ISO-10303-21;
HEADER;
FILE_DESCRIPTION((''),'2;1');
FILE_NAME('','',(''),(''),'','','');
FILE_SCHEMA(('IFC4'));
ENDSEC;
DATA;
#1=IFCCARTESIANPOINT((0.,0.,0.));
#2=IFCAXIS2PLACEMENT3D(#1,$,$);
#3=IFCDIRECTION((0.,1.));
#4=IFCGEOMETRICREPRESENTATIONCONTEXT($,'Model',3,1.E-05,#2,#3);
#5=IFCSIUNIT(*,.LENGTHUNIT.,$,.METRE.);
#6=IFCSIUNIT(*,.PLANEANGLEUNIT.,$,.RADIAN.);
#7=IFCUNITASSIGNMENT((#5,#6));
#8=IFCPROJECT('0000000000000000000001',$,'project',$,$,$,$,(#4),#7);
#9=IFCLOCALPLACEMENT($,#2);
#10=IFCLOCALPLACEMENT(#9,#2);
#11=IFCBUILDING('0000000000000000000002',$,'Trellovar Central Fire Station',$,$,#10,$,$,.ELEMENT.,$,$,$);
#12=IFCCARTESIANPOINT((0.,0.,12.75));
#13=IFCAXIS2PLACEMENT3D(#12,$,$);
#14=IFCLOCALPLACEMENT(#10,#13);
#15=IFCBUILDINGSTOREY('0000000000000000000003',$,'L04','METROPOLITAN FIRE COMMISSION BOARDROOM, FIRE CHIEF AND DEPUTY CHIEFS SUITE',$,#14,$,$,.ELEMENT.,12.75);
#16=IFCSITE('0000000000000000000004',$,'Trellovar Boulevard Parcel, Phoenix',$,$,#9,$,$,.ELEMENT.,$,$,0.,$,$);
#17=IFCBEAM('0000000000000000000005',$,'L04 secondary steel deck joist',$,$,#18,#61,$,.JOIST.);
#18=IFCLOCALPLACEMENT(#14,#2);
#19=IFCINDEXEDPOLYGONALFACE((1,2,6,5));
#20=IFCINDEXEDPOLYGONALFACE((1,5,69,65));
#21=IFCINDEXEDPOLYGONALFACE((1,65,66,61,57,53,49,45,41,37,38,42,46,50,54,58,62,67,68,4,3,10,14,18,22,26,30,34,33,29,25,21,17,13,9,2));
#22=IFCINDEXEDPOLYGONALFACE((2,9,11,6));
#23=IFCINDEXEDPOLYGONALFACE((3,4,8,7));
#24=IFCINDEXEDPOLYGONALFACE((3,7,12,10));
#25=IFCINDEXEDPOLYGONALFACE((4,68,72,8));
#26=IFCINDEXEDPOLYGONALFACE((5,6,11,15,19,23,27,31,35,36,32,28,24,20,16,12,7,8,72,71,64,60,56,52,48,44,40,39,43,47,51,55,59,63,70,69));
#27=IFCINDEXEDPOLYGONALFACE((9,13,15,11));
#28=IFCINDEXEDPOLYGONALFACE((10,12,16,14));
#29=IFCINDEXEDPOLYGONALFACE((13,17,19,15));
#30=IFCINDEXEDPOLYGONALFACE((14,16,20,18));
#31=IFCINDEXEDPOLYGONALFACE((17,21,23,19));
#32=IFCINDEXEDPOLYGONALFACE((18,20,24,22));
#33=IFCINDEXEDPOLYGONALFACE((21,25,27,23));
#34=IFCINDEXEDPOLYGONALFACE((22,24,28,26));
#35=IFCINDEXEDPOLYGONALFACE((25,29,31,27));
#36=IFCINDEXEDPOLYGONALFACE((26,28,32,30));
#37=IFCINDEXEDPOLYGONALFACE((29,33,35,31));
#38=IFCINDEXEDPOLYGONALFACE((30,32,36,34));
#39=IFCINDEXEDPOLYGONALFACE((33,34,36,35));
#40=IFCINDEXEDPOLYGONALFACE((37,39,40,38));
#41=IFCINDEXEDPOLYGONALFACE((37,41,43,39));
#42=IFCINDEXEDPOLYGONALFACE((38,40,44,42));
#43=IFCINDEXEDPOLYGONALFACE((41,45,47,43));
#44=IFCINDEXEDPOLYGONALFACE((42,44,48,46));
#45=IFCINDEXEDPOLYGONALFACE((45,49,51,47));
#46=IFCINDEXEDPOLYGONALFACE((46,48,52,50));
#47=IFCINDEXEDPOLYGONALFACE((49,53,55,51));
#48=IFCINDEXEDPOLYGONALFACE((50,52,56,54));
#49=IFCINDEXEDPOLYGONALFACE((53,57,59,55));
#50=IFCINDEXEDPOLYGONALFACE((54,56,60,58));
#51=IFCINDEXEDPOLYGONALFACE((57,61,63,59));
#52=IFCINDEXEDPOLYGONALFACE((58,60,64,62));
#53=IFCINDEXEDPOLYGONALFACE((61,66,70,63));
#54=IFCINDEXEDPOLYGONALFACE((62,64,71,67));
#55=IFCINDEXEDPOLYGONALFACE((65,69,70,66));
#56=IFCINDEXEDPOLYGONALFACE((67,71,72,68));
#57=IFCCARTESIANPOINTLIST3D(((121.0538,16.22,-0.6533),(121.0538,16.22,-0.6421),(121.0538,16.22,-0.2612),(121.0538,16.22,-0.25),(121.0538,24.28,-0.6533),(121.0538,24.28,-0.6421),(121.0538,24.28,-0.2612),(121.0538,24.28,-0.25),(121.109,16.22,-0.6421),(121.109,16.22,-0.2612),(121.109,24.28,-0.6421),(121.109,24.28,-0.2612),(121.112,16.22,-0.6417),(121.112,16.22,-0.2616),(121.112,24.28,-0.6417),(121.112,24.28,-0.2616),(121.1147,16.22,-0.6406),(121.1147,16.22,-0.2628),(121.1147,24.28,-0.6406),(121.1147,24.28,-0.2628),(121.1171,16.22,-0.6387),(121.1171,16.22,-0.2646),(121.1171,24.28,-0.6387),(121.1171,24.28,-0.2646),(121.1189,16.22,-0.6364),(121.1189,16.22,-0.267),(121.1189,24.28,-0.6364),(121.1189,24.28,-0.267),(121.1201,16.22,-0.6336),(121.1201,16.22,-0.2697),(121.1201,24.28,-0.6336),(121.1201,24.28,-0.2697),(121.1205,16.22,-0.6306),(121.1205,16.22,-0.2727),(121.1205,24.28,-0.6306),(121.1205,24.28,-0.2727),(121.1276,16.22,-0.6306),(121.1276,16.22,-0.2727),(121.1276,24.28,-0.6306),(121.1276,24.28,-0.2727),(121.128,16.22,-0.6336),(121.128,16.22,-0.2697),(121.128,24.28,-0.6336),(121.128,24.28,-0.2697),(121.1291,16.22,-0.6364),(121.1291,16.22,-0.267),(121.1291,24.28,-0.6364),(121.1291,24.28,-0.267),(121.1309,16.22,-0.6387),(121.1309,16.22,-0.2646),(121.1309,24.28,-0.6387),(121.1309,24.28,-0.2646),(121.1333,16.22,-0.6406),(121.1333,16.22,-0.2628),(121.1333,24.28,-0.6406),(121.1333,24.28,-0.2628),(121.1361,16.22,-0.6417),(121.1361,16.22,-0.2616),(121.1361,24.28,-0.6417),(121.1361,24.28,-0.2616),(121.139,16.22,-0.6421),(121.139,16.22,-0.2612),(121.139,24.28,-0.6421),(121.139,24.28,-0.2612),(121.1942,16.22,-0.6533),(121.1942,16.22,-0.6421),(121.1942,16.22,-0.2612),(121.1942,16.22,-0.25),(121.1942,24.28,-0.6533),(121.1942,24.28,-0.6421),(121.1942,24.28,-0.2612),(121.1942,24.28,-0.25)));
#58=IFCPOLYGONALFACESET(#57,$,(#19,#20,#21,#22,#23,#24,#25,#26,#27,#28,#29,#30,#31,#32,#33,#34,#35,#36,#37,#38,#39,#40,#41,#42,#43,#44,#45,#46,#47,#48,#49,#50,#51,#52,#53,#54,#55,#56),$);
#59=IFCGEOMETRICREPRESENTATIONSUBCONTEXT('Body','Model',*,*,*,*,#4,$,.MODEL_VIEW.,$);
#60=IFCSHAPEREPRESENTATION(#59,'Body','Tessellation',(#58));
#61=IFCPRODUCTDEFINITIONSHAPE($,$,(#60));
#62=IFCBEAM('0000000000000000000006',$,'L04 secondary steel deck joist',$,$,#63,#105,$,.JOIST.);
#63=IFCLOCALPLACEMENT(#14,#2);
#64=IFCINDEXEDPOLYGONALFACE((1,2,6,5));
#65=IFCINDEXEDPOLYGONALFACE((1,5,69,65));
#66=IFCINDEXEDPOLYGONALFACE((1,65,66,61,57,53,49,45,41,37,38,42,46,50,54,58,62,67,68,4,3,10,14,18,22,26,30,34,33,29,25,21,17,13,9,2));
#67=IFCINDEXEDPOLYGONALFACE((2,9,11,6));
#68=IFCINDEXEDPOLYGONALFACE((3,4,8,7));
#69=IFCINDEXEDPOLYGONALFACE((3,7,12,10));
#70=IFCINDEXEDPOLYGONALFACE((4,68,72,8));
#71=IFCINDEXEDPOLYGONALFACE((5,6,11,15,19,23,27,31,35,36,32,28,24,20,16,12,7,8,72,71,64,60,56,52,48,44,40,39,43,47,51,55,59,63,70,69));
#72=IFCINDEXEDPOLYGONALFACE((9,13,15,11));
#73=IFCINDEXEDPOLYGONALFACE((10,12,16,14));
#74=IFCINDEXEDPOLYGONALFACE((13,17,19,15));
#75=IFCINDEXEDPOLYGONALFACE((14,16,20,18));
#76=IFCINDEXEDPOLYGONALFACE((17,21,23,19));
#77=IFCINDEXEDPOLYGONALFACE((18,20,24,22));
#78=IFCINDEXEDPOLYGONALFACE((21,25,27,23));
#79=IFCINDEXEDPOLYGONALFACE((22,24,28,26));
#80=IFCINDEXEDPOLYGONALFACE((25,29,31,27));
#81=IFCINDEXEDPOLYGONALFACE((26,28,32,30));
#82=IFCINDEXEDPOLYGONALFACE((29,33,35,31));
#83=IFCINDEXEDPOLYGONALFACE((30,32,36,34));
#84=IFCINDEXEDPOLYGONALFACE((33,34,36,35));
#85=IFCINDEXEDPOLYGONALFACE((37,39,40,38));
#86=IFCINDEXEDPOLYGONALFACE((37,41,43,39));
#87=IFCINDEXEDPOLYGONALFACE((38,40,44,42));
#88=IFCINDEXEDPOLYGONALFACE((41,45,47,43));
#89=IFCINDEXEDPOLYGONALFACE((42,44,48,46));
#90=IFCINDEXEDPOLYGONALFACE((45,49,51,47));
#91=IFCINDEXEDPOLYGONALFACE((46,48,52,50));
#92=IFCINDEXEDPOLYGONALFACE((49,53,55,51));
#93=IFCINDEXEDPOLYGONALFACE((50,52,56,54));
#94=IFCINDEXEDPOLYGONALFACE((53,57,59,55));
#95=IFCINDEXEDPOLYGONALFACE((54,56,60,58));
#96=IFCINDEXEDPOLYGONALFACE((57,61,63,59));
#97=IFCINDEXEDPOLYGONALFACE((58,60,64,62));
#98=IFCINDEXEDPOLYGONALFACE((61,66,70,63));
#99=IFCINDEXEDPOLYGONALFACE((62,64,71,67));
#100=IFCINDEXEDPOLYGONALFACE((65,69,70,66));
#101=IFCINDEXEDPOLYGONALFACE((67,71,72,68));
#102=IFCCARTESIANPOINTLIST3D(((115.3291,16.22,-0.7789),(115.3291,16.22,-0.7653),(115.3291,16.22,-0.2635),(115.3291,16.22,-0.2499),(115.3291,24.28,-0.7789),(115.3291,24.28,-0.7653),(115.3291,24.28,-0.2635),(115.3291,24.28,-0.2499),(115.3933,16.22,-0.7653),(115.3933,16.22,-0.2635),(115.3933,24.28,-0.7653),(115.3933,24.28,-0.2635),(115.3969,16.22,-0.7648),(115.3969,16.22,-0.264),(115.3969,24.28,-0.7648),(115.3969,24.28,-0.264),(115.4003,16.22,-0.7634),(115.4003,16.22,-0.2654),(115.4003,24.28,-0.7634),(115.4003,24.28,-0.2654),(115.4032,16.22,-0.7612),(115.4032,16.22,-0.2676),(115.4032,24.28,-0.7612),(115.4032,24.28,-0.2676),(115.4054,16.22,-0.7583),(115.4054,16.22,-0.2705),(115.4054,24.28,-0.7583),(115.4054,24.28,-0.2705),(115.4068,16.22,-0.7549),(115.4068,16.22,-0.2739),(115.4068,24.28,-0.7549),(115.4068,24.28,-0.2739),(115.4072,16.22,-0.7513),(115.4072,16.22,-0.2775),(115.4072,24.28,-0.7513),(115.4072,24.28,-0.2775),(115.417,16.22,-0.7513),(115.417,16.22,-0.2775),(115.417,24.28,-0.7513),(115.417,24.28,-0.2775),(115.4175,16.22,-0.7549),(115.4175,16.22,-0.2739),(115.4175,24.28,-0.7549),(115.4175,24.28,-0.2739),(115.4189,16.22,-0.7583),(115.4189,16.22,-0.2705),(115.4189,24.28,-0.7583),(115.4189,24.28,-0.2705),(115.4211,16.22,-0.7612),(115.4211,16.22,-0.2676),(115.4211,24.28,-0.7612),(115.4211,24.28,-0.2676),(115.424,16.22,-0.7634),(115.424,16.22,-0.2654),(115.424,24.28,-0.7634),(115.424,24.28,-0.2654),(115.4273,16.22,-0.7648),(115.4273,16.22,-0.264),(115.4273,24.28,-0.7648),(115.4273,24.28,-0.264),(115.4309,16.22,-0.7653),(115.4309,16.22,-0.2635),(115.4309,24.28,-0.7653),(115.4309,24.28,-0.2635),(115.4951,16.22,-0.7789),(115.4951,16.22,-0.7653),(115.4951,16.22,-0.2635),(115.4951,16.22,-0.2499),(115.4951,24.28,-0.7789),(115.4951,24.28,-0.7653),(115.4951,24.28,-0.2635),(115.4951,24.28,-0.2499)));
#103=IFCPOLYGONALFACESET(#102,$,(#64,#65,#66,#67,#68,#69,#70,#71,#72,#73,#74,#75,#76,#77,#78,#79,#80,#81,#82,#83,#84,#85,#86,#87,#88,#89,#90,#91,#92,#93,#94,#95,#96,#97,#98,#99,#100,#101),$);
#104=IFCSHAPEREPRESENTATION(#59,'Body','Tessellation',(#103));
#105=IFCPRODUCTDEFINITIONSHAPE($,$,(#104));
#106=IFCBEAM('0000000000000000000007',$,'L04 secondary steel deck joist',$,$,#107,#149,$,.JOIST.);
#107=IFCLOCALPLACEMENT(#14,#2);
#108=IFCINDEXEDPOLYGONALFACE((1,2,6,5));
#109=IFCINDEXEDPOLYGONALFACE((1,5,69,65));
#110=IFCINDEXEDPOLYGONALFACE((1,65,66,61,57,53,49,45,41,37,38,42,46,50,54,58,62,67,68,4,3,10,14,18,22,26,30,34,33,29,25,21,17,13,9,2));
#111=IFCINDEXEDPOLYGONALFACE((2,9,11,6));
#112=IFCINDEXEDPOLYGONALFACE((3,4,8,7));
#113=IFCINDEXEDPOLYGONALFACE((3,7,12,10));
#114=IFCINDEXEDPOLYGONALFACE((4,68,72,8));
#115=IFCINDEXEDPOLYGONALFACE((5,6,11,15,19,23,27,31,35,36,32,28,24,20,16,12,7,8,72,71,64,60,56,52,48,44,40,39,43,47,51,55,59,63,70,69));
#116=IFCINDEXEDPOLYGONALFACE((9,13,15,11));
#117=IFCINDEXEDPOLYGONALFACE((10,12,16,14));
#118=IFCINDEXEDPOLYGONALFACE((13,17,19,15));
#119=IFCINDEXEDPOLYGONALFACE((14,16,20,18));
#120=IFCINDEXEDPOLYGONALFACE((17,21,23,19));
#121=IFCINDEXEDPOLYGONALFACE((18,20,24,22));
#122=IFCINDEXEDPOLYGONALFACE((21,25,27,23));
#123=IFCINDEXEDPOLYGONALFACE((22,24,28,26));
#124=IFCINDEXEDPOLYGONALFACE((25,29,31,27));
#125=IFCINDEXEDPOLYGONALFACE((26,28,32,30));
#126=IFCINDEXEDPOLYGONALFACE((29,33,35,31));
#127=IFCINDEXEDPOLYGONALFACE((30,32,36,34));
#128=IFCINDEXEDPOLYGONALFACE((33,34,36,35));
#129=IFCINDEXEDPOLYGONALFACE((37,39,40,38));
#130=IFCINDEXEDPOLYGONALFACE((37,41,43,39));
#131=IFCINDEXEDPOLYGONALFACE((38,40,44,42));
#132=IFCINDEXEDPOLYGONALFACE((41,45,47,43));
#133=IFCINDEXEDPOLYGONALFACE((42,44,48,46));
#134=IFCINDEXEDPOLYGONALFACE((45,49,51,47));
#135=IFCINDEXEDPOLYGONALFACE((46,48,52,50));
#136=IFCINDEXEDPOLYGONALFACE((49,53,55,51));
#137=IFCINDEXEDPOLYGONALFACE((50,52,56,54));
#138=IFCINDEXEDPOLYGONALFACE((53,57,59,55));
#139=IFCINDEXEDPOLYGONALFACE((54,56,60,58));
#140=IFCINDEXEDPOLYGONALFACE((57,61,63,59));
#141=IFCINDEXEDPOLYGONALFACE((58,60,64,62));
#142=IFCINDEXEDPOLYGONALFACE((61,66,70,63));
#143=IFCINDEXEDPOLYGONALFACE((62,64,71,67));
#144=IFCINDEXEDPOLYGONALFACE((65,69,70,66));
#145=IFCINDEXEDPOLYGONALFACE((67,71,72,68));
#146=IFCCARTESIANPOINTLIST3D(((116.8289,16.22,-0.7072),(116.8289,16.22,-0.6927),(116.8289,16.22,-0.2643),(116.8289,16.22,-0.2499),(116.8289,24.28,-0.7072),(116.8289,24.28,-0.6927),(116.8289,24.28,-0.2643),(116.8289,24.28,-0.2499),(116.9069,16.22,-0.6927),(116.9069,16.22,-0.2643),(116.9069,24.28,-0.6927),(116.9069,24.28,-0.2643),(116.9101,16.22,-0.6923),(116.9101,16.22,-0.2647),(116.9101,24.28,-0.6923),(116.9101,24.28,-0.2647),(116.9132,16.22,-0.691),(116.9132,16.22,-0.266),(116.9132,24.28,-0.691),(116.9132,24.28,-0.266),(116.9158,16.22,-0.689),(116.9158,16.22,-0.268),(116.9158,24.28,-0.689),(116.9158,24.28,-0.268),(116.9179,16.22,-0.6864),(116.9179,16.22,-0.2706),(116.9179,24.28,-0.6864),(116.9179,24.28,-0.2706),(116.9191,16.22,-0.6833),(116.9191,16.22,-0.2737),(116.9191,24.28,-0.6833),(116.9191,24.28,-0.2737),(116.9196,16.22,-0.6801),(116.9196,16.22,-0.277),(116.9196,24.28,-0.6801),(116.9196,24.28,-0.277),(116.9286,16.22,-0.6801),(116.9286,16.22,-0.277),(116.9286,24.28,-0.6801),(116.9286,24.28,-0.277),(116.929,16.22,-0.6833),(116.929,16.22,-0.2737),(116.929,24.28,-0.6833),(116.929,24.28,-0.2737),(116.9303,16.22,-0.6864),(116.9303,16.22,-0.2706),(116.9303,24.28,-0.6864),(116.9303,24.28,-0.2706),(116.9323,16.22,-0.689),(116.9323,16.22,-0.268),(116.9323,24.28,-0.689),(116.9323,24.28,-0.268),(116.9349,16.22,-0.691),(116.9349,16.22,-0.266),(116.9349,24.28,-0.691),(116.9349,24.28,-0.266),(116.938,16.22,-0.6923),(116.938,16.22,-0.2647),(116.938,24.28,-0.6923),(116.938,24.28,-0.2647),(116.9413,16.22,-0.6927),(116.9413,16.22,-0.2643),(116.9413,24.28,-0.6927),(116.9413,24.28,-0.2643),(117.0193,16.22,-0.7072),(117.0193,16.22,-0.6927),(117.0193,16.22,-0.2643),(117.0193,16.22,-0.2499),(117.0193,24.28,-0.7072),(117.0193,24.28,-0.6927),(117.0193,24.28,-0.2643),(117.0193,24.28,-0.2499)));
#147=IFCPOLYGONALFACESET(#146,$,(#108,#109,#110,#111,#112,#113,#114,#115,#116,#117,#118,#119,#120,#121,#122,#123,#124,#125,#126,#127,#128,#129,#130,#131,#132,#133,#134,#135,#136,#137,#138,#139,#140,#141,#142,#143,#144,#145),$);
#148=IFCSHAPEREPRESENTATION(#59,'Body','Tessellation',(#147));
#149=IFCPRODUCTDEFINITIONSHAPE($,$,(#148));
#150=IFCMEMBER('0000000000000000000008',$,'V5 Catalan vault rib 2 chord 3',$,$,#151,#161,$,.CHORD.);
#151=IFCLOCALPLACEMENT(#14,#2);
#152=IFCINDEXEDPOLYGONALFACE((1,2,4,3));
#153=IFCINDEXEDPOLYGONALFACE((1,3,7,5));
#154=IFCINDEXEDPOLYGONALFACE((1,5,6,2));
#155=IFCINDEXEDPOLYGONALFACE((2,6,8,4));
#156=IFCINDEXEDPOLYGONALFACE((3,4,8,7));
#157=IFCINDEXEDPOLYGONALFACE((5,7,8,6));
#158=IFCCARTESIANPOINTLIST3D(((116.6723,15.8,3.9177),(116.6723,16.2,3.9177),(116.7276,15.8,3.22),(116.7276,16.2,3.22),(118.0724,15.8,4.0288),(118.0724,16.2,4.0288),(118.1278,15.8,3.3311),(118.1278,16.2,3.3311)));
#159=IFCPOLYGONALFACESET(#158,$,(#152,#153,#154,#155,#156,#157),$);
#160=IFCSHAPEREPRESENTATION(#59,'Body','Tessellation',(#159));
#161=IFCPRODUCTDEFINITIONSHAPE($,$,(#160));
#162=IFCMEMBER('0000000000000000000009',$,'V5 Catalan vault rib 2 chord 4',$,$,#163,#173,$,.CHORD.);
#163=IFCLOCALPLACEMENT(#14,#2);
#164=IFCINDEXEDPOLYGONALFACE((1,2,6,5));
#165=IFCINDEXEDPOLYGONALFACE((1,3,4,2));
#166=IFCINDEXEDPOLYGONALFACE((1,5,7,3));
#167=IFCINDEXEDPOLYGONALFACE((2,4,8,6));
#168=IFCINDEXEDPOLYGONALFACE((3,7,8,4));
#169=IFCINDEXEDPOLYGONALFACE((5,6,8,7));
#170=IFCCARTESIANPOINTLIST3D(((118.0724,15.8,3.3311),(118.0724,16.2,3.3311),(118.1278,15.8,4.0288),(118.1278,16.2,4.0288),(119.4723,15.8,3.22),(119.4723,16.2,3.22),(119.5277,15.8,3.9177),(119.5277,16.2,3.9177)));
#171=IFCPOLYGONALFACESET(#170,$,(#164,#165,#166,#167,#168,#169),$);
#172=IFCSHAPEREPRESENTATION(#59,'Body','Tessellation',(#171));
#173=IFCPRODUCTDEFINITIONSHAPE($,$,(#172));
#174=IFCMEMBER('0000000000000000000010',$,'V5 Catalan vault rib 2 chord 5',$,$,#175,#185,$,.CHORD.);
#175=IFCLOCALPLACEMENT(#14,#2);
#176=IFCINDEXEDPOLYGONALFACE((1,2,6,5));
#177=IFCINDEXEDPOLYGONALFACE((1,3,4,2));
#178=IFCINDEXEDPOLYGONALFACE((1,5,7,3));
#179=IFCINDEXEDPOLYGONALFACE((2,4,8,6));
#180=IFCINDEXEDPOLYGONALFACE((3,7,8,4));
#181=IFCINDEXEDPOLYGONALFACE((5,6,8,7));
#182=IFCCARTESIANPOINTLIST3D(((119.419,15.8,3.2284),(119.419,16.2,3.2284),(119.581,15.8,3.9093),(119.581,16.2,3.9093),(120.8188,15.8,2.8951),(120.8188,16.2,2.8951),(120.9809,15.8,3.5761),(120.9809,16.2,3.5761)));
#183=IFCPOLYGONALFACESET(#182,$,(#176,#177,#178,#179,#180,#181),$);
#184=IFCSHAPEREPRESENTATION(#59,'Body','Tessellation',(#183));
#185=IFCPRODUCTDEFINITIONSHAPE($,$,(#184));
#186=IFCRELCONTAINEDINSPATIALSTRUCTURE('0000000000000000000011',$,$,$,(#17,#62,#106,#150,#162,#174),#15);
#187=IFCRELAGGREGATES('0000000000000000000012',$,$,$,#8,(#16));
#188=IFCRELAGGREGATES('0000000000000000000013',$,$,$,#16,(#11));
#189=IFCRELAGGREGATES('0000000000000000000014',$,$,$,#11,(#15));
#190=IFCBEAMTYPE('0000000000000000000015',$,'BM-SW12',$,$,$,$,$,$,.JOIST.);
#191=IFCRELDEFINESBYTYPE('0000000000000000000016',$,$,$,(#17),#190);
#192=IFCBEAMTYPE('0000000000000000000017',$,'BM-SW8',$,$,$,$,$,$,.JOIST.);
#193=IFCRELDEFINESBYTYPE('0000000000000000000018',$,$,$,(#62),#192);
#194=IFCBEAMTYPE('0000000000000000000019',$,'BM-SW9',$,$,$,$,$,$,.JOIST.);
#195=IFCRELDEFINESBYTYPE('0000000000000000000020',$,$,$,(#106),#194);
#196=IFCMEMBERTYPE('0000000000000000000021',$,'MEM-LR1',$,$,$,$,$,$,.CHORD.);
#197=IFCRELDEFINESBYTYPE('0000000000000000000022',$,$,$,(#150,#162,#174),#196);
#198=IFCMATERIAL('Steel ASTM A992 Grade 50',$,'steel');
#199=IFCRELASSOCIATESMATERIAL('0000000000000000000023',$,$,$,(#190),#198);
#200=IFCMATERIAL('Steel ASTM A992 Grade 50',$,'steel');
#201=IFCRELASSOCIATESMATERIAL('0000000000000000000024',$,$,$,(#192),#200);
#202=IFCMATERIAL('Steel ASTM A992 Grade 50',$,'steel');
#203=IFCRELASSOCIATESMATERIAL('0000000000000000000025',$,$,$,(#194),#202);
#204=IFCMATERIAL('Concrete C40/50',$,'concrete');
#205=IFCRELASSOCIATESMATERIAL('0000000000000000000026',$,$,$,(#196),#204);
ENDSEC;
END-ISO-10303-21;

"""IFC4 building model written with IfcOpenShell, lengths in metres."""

from ifc_helpers import new_model, si_unit, direction, frame, origin, origin_2d, place, context, subcontext, project, spatial, rectangle, i_section, extrude, material, material_profile, profile_set, type_object, element, save


model = new_model("IFC4")

# Units and contexts
model_context = context("Model", 3, precision=1e-05, world=origin(), true_north=direction((0.0, 1.0)))
body_context = subcontext(model_context, "Body", "Model", "MODEL_VIEW")
ifc_project = project(units=[si_unit("LENGTHUNIT", "METRE"), si_unit("PLANEANGLEUNIT", "RADIAN")], contexts=[model_context])

# Site, building, storey
site_placement = place(None, origin())
site = spatial("IfcSite", under=ifc_project, at=site_placement, Name="Trellovar Boulevard Parcel, Phoenix", CompositionType="ELEMENT", RefElevation=0.0)
building_placement = place(site_placement, origin())
building = spatial("IfcBuilding", under=site, at=building_placement, Name="Trellovar Central Fire Station", CompositionType="ELEMENT")
storey_placement = place(building_placement, frame((0.0, 0.0, 12.75)))
storey = spatial("IfcBuildingStorey", under=building, at=storey_placement, Name="L04", Description="METROPOLITAN FIRE COMMISSION BOARDROOM, FIRE CHIEF AND DEPUTY CHIEFS SUITE", CompositionType="ELEMENT", Elevation=12.75)

# Beams
ifc_material_1 = material(Name="Steel ASTM A992 Grade 50", Category="steel")
ifc_material_profile_1 = material_profile(ifc_material_1, i_section(OverallWidth=0.1404, OverallDepth=0.4033, WebThickness=0.0071, FlangeThickness=0.0112, FilletRadius=0.0115, at=origin_2d()), Name="W16X31")
ifc_profile_set_1 = profile_set([ifc_material_profile_1], Name="Steel ASTM A992 Grade 50")
beam_type_1 = type_object("IfcBeamType", Name="BM-SW12", PredefinedType="JOIST", material=ifc_profile_set_1)
beam_1_placement = place(storey_placement, frame((121.124, 16.22, -0.4517), z_axis=(0.0, 1.0, 0.0), x_axis=(-1.0, 0.0, 0.0)))
element("IfcBeam", 1, at=beam_1_placement, inside=storey, type_object=beam_type_1, Name="L04 secondary steel deck joist", PredefinedType="JOIST", context=body_context, shape_type="SweptSolid", body=[
    extrude(i_section(OverallWidth=0.1404, OverallDepth=0.4033, WebThickness=0.0071, FlangeThickness=0.0112, FilletRadius=0.0115, at=origin_2d()), origin(), (0.0, 0.0, 1.0), 8.0601),
])
ifc_material_2 = material(Name="Steel ASTM A992 Grade 50", Category="steel")
ifc_material_profile_2 = material_profile(ifc_material_2, i_section(OverallWidth=0.166, OverallDepth=0.5291, WebThickness=0.0098, FlangeThickness=0.0137, FilletRadius=0.0139, at=origin_2d()), Name="W21X50")
ifc_profile_set_2 = profile_set([ifc_material_profile_2], Name="Steel ASTM A992 Grade 50")
beam_type_2 = type_object("IfcBeamType", Name="BM-SW8", PredefinedType="JOIST", material=ifc_profile_set_2)
beam_2_placement = place(storey_placement, frame((115.4121, 16.22, -0.5144), z_axis=(0.0, 1.0, 0.0), x_axis=(-1.0, 0.0, 0.0)))
element("IfcBeam", 2, at=beam_2_placement, inside=storey, type_object=beam_type_2, Name="L04 secondary steel deck joist", PredefinedType="JOIST", context=body_context, shape_type="SweptSolid", body=[
    extrude(i_section(OverallWidth=0.166, OverallDepth=0.5291, WebThickness=0.0098, FlangeThickness=0.0137, FilletRadius=0.0139, at=origin_2d()), origin(), (0.0, 0.0, 1.0), 8.0601),
])
ifc_material_3 = material(Name="Steel ASTM A992 Grade 50", Category="steel")
ifc_material_profile_3 = material_profile(ifc_material_3, i_section(OverallWidth=0.1904, OverallDepth=0.4573, WebThickness=0.009, FlangeThickness=0.0144, FilletRadius=0.0127, at=origin_2d()), Name="W18X50")
ifc_profile_set_3 = profile_set([ifc_material_profile_3], Name="Steel ASTM A992 Grade 50")
beam_type_3 = type_object("IfcBeamType", Name="BM-SW9", PredefinedType="JOIST", material=ifc_profile_set_3)
beam_3_placement = place(storey_placement, frame((116.9241, 16.22, -0.4785), z_axis=(0.0, 1.0, 0.0), x_axis=(-1.0, 0.0, 0.0)))
element("IfcBeam", 3, at=beam_3_placement, inside=storey, type_object=beam_type_3, Name="L04 secondary steel deck joist", PredefinedType="JOIST", context=body_context, shape_type="SweptSolid", body=[
    extrude(i_section(OverallWidth=0.1904, OverallDepth=0.4573, WebThickness=0.009, FlangeThickness=0.0144, FilletRadius=0.0127, at=origin_2d()), origin(), (0.0, 0.0, 1.0), 8.0601),
])

# Members
ifc_material_4 = material(Name="Concrete C40/50", Category="concrete")
ifc_material_profile_4 = material_profile(ifc_material_4, rectangle(XDim=0.3999, YDim=0.7, at=origin_2d()), Name="RC400X700")
ifc_profile_set_4 = profile_set([ifc_material_profile_4], Name="Concrete C40/50")
member_type_1 = type_object("IfcMemberType", Name="MEM-LR1", PredefinedType="CHORD", material=ifc_profile_set_4)
member_1_placement = place(storey_placement, frame((116.7, 16.0, 3.5688), z_axis=(0.996868, 0.0, 0.079089), x_axis=(0.0, 1.0, 0.0)))
element("IfcMember", 4, at=member_1_placement, inside=storey, type_object=member_type_1, Name="V5 Catalan vault rib 2 chord 3", PredefinedType="CHORD", context=body_context, shape_type="SweptSolid", body=[
    extrude(rectangle(XDim=0.3999, YDim=0.7, at=origin_2d()), origin(), (0.0, 0.0, 1.0), 1.4045),
])
member_2_placement = place(storey_placement, frame((118.1001, 16.0, 3.6799), z_axis=(0.996866, 0.0, -0.079103), x_axis=(0.0, 1.0, 0.0)))
element("IfcMember", 5, at=member_2_placement, inside=storey, type_object=member_type_1, Name="V5 Catalan vault rib 2 chord 4", PredefinedType="CHORD", context=body_context, shape_type="SweptSolid", body=[
    extrude(rectangle(XDim=0.3999, YDim=0.7, at=origin_2d()), origin(), (0.0, 0.0, 1.0), 1.4043),
])
member_3_placement = place(storey_placement, frame((119.5, 16.0, 3.5688), z_axis=(0.972815, 0.0, -0.231582), x_axis=(0.0, 1.0, 0.0)))
element("IfcMember", 6, at=member_3_placement, inside=storey, type_object=member_type_1, Name="V5 Catalan vault rib 2 chord 5", PredefinedType="CHORD", context=body_context, shape_type="SweptSolid", body=[
    extrude(rectangle(XDim=0.3999, YDim=0.7, at=origin_2d()), origin(), (0.0, 0.0, 1.0), 1.439),
])

save(model, "model.ifc")
